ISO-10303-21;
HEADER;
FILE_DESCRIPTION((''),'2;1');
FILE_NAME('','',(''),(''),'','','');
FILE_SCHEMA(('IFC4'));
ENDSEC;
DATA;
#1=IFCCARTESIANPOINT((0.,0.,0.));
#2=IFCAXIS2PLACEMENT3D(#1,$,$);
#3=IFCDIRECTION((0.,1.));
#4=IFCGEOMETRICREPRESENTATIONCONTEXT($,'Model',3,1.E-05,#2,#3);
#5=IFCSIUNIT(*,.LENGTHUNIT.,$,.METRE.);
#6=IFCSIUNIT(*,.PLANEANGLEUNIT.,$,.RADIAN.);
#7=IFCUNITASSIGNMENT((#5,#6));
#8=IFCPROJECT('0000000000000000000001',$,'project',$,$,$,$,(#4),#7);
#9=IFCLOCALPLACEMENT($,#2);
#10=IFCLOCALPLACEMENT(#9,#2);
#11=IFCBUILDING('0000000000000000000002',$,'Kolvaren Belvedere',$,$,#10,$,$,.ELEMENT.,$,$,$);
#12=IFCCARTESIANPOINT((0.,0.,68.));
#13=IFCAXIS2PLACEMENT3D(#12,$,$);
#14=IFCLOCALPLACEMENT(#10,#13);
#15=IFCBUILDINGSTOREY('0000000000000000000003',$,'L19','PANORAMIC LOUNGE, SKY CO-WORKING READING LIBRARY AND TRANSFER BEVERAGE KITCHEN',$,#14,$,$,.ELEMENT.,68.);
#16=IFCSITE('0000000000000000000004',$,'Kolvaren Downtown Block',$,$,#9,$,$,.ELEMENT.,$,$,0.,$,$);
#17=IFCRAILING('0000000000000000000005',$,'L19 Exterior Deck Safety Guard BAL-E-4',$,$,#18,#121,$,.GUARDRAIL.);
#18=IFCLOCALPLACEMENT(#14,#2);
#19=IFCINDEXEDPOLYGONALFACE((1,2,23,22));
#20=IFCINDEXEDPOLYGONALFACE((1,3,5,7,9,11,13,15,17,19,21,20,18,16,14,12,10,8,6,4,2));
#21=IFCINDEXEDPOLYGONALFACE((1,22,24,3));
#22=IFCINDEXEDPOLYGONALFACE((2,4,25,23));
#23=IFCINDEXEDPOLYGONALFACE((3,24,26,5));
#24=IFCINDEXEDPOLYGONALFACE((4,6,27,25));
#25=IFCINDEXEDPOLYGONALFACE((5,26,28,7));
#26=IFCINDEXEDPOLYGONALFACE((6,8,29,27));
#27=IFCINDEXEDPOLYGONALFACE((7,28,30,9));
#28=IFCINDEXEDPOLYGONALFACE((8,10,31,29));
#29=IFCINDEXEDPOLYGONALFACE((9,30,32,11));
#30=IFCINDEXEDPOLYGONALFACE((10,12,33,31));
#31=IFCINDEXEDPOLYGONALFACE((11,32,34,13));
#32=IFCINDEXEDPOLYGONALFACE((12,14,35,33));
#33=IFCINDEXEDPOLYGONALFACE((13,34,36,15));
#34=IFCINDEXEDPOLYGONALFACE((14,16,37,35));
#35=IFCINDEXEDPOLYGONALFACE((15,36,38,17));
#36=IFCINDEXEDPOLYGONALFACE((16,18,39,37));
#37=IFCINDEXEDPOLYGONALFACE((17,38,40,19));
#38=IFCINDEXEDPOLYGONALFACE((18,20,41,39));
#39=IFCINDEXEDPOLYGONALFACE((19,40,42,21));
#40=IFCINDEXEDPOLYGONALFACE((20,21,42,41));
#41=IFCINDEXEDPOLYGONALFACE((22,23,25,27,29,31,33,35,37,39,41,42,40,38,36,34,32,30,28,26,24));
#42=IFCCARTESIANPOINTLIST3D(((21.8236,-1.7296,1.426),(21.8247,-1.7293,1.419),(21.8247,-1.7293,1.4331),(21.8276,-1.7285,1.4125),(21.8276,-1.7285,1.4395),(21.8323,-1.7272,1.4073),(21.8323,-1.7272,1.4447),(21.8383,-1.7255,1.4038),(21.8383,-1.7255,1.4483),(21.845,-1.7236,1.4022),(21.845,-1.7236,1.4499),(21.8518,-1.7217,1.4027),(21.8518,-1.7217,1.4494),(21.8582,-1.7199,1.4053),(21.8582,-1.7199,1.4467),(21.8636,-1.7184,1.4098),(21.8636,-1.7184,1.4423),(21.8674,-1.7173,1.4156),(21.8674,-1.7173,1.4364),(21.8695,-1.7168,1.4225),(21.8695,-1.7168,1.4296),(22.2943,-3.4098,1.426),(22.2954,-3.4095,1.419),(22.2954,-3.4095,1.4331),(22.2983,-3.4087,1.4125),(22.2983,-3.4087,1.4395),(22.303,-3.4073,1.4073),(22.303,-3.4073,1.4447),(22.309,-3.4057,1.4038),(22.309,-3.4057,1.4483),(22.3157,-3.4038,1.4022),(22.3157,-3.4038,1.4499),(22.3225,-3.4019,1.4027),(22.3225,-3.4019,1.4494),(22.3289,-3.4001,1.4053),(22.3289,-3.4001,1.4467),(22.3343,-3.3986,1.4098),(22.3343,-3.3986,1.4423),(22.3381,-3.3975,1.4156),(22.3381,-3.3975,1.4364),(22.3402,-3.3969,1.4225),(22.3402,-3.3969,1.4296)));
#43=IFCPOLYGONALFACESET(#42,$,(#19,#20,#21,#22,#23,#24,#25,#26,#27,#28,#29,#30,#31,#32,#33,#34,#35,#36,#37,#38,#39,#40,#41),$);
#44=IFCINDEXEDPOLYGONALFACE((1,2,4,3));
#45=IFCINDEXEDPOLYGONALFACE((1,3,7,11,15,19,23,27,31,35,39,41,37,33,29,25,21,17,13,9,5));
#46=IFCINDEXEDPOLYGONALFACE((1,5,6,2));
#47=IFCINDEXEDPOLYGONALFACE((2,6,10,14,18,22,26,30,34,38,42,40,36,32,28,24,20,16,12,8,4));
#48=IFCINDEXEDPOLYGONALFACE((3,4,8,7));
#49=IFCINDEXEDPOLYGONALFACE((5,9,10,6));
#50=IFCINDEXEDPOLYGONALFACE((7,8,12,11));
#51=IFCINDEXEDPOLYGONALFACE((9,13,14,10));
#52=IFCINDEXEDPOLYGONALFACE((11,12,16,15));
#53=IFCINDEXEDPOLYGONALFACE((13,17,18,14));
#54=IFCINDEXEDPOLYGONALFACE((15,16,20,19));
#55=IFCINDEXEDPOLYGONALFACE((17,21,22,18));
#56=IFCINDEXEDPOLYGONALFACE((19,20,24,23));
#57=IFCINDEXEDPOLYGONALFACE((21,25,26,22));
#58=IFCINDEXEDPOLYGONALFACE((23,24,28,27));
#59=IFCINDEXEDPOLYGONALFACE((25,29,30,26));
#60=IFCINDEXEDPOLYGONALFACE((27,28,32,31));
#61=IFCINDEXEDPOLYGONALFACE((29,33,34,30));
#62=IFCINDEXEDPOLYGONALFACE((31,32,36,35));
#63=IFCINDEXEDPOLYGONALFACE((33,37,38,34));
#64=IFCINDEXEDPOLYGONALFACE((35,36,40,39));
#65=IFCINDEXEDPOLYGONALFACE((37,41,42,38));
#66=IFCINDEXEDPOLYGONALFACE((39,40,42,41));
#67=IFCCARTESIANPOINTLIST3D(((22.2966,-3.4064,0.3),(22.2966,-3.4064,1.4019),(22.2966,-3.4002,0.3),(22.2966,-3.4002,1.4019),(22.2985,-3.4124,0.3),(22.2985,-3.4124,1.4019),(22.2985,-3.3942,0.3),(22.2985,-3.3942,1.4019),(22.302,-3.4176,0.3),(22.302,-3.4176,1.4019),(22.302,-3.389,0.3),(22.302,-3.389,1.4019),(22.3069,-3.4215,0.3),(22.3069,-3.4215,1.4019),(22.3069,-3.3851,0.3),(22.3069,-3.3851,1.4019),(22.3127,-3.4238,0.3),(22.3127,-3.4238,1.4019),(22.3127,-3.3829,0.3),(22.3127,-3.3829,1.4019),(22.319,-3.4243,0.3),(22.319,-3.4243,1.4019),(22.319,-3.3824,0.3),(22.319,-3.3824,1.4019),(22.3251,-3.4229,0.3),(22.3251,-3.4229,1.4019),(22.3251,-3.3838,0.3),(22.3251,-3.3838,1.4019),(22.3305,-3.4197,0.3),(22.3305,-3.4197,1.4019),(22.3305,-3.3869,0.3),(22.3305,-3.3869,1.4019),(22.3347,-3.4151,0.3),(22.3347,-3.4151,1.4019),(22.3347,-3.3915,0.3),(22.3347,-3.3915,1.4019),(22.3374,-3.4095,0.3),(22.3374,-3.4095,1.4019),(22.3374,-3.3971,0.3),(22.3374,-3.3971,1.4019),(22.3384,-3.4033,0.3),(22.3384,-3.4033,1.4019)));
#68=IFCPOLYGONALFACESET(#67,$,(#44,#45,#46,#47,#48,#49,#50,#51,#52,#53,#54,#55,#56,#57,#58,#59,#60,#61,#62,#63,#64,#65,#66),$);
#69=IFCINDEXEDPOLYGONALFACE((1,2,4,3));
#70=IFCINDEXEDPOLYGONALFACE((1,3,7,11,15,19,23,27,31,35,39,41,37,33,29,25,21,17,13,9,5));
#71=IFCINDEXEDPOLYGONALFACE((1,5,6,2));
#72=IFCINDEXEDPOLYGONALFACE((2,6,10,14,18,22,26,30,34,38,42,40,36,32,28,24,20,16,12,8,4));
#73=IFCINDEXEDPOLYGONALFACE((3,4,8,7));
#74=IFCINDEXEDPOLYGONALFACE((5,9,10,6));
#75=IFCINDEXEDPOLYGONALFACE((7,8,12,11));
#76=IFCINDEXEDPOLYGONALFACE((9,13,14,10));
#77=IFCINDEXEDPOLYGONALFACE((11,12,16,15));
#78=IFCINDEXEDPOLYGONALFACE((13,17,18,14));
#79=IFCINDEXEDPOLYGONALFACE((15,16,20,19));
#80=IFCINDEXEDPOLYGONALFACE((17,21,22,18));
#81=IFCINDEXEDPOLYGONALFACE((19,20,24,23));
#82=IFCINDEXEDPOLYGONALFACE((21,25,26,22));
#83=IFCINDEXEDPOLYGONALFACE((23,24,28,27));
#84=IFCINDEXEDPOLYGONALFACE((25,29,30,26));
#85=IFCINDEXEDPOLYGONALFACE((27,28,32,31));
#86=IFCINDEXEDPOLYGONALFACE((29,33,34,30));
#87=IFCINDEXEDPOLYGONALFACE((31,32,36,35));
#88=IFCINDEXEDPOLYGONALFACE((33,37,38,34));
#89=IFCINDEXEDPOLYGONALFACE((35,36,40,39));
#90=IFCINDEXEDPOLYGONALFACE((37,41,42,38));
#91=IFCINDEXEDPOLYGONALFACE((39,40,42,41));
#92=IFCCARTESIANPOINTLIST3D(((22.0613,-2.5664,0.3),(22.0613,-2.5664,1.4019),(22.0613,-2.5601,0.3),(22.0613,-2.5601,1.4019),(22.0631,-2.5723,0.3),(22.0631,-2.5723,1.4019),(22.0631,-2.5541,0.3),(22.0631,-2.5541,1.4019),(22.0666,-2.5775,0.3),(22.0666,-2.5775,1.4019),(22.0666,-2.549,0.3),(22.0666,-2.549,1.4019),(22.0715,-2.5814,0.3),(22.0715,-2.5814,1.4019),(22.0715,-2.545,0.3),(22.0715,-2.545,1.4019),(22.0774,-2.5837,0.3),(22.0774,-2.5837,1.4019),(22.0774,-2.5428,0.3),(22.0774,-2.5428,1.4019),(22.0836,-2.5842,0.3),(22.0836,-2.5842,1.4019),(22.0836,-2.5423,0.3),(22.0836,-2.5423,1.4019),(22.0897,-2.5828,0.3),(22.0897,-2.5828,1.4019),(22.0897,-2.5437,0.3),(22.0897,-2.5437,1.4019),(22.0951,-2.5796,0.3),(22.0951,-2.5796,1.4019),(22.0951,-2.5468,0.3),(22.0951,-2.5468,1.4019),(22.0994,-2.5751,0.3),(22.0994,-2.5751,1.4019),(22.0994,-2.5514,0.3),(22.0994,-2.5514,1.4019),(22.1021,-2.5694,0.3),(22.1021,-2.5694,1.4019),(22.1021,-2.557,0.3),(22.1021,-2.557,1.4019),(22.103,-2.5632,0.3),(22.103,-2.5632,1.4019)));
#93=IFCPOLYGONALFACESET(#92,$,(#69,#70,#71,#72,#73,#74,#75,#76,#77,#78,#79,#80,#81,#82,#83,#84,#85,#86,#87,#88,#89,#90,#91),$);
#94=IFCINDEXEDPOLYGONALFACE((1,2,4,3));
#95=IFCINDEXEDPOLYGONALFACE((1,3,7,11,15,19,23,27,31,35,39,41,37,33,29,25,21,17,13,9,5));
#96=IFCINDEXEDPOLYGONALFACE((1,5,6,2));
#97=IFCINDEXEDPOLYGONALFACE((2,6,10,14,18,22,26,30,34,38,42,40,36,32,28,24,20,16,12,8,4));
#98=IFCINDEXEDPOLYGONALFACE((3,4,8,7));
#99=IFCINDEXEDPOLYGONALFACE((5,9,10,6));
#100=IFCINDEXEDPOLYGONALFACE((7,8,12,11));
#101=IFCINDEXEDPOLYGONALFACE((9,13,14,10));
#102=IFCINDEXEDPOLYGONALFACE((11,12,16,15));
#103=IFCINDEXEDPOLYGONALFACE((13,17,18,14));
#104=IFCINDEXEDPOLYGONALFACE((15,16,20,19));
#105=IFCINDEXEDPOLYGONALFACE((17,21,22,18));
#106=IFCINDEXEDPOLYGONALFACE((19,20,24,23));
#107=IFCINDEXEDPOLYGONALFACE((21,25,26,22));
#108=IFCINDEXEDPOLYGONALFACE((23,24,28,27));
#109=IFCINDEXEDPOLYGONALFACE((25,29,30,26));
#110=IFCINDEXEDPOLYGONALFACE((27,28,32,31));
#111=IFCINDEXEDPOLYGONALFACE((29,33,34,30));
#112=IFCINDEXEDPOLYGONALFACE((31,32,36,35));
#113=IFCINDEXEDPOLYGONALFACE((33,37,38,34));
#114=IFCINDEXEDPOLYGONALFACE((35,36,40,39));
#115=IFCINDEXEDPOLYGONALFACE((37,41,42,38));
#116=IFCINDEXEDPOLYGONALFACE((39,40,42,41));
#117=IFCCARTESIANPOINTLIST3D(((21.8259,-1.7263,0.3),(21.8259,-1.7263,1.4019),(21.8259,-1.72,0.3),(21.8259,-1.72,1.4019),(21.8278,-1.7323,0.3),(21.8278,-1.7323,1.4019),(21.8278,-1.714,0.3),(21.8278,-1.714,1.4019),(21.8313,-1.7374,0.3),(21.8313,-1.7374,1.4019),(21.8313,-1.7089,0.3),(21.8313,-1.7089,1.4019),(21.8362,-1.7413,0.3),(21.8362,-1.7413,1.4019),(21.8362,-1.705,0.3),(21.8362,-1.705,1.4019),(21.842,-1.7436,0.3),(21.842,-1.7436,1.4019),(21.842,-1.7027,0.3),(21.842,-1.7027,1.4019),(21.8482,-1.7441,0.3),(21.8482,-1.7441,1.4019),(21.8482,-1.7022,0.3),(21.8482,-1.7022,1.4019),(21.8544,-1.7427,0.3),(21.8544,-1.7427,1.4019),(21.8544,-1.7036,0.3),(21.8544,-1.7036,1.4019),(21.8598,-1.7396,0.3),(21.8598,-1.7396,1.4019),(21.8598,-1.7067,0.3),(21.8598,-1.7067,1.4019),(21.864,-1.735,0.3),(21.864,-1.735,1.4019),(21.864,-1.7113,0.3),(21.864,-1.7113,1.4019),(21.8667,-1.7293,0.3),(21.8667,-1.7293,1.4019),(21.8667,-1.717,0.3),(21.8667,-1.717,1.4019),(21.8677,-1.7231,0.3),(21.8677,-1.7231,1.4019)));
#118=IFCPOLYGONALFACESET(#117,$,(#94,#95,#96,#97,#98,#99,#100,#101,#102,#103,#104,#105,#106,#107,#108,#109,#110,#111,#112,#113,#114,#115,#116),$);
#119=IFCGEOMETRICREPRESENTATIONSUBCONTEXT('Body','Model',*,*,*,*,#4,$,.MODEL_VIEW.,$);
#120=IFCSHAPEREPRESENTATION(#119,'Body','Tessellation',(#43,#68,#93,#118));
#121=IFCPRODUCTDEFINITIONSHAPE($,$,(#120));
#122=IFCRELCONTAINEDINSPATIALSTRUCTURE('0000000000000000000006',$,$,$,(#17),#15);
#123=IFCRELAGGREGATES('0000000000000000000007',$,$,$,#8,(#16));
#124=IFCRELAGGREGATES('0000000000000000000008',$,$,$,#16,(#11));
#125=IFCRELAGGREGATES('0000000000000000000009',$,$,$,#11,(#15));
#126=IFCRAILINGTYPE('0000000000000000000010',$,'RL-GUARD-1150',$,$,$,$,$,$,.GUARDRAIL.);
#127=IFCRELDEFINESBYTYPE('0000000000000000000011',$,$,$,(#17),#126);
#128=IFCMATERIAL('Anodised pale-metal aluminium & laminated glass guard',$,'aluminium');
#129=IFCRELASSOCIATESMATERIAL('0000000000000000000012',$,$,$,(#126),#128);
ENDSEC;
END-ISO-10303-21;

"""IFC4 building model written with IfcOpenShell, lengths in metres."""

from ifc_helpers import new_model, si_unit, direction, frame, origin, origin_2d, place, context, subcontext, project, spatial, circle, extrude, material, type_object, element, save


model = new_model("IFC4")

# Units and contexts
model_context = context("Model", 3, precision=1e-05, world=origin(), true_north=direction((0.0, 1.0)))
body_context = subcontext(model_context, "Body", "Model", "MODEL_VIEW")
ifc_project = project(units=[si_unit("LENGTHUNIT", "METRE"), si_unit("PLANEANGLEUNIT", "RADIAN")], contexts=[model_context])

# Site, building, storey
site_placement = place(None, origin())
site = spatial("IfcSite", under=ifc_project, at=site_placement, Name="Kolvaren Downtown Block", CompositionType="ELEMENT", RefElevation=0.0)
building_placement = place(site_placement, origin())
building = spatial("IfcBuilding", under=site, at=building_placement, Name="Kolvaren Belvedere", CompositionType="ELEMENT")
storey_placement = place(building_placement, frame((0.0, 0.0, 68.0)))
storey = spatial("IfcBuildingStorey", under=building, at=storey_placement, Name="L19", Description="PANORAMIC LOUNGE, SKY CO-WORKING READING LIBRARY AND TRANSFER BEVERAGE KITCHEN", CompositionType="ELEMENT", Elevation=68.0)

# Railing
ifc_material_1 = material(Name="Anodised pale-metal aluminium & laminated glass guard", Category="aluminium")
railing_type = type_object("IfcRailingType", Name="RL-GUARD-1150", PredefinedType="GUARDRAIL", material=ifc_material_1)
railing_1_placement = place(storey_placement, frame((22.3174, -3.4033, 0.3)))
element("IfcRailing", 1, at=railing_1_placement, inside=storey, type_object=railing_type, Name="L19 Exterior Deck Safety Guard BAL-E-4", PredefinedType="GUARDRAIL", context=body_context, shape_type="SweptSolid", body=[
    extrude(circle(Radius=0.0239, at=origin_2d()), frame((0.0, 0.0, 1.126), z_axis=(-0.269765, 0.962926, 0.0), x_axis=(-0.962926, -0.269765, 0.0)), (0.0, 0.0, 1.0), 1.7449),
    extrude(circle(Radius=0.021, at=origin_2d()), origin(), (0.0, 0.0, 1.0), 1.1018),
    extrude(circle(Radius=0.021, at=origin_2d()), frame((-0.2354, 0.8401, 0.0)), (0.0, 0.0, 1.0), 1.1018),
    extrude(circle(Radius=0.021, at=origin_2d()), frame((-0.4707, 1.6802, 0.0)), (0.0, 0.0, 1.0), 1.1018),
])

save(model, "model.ifc")
